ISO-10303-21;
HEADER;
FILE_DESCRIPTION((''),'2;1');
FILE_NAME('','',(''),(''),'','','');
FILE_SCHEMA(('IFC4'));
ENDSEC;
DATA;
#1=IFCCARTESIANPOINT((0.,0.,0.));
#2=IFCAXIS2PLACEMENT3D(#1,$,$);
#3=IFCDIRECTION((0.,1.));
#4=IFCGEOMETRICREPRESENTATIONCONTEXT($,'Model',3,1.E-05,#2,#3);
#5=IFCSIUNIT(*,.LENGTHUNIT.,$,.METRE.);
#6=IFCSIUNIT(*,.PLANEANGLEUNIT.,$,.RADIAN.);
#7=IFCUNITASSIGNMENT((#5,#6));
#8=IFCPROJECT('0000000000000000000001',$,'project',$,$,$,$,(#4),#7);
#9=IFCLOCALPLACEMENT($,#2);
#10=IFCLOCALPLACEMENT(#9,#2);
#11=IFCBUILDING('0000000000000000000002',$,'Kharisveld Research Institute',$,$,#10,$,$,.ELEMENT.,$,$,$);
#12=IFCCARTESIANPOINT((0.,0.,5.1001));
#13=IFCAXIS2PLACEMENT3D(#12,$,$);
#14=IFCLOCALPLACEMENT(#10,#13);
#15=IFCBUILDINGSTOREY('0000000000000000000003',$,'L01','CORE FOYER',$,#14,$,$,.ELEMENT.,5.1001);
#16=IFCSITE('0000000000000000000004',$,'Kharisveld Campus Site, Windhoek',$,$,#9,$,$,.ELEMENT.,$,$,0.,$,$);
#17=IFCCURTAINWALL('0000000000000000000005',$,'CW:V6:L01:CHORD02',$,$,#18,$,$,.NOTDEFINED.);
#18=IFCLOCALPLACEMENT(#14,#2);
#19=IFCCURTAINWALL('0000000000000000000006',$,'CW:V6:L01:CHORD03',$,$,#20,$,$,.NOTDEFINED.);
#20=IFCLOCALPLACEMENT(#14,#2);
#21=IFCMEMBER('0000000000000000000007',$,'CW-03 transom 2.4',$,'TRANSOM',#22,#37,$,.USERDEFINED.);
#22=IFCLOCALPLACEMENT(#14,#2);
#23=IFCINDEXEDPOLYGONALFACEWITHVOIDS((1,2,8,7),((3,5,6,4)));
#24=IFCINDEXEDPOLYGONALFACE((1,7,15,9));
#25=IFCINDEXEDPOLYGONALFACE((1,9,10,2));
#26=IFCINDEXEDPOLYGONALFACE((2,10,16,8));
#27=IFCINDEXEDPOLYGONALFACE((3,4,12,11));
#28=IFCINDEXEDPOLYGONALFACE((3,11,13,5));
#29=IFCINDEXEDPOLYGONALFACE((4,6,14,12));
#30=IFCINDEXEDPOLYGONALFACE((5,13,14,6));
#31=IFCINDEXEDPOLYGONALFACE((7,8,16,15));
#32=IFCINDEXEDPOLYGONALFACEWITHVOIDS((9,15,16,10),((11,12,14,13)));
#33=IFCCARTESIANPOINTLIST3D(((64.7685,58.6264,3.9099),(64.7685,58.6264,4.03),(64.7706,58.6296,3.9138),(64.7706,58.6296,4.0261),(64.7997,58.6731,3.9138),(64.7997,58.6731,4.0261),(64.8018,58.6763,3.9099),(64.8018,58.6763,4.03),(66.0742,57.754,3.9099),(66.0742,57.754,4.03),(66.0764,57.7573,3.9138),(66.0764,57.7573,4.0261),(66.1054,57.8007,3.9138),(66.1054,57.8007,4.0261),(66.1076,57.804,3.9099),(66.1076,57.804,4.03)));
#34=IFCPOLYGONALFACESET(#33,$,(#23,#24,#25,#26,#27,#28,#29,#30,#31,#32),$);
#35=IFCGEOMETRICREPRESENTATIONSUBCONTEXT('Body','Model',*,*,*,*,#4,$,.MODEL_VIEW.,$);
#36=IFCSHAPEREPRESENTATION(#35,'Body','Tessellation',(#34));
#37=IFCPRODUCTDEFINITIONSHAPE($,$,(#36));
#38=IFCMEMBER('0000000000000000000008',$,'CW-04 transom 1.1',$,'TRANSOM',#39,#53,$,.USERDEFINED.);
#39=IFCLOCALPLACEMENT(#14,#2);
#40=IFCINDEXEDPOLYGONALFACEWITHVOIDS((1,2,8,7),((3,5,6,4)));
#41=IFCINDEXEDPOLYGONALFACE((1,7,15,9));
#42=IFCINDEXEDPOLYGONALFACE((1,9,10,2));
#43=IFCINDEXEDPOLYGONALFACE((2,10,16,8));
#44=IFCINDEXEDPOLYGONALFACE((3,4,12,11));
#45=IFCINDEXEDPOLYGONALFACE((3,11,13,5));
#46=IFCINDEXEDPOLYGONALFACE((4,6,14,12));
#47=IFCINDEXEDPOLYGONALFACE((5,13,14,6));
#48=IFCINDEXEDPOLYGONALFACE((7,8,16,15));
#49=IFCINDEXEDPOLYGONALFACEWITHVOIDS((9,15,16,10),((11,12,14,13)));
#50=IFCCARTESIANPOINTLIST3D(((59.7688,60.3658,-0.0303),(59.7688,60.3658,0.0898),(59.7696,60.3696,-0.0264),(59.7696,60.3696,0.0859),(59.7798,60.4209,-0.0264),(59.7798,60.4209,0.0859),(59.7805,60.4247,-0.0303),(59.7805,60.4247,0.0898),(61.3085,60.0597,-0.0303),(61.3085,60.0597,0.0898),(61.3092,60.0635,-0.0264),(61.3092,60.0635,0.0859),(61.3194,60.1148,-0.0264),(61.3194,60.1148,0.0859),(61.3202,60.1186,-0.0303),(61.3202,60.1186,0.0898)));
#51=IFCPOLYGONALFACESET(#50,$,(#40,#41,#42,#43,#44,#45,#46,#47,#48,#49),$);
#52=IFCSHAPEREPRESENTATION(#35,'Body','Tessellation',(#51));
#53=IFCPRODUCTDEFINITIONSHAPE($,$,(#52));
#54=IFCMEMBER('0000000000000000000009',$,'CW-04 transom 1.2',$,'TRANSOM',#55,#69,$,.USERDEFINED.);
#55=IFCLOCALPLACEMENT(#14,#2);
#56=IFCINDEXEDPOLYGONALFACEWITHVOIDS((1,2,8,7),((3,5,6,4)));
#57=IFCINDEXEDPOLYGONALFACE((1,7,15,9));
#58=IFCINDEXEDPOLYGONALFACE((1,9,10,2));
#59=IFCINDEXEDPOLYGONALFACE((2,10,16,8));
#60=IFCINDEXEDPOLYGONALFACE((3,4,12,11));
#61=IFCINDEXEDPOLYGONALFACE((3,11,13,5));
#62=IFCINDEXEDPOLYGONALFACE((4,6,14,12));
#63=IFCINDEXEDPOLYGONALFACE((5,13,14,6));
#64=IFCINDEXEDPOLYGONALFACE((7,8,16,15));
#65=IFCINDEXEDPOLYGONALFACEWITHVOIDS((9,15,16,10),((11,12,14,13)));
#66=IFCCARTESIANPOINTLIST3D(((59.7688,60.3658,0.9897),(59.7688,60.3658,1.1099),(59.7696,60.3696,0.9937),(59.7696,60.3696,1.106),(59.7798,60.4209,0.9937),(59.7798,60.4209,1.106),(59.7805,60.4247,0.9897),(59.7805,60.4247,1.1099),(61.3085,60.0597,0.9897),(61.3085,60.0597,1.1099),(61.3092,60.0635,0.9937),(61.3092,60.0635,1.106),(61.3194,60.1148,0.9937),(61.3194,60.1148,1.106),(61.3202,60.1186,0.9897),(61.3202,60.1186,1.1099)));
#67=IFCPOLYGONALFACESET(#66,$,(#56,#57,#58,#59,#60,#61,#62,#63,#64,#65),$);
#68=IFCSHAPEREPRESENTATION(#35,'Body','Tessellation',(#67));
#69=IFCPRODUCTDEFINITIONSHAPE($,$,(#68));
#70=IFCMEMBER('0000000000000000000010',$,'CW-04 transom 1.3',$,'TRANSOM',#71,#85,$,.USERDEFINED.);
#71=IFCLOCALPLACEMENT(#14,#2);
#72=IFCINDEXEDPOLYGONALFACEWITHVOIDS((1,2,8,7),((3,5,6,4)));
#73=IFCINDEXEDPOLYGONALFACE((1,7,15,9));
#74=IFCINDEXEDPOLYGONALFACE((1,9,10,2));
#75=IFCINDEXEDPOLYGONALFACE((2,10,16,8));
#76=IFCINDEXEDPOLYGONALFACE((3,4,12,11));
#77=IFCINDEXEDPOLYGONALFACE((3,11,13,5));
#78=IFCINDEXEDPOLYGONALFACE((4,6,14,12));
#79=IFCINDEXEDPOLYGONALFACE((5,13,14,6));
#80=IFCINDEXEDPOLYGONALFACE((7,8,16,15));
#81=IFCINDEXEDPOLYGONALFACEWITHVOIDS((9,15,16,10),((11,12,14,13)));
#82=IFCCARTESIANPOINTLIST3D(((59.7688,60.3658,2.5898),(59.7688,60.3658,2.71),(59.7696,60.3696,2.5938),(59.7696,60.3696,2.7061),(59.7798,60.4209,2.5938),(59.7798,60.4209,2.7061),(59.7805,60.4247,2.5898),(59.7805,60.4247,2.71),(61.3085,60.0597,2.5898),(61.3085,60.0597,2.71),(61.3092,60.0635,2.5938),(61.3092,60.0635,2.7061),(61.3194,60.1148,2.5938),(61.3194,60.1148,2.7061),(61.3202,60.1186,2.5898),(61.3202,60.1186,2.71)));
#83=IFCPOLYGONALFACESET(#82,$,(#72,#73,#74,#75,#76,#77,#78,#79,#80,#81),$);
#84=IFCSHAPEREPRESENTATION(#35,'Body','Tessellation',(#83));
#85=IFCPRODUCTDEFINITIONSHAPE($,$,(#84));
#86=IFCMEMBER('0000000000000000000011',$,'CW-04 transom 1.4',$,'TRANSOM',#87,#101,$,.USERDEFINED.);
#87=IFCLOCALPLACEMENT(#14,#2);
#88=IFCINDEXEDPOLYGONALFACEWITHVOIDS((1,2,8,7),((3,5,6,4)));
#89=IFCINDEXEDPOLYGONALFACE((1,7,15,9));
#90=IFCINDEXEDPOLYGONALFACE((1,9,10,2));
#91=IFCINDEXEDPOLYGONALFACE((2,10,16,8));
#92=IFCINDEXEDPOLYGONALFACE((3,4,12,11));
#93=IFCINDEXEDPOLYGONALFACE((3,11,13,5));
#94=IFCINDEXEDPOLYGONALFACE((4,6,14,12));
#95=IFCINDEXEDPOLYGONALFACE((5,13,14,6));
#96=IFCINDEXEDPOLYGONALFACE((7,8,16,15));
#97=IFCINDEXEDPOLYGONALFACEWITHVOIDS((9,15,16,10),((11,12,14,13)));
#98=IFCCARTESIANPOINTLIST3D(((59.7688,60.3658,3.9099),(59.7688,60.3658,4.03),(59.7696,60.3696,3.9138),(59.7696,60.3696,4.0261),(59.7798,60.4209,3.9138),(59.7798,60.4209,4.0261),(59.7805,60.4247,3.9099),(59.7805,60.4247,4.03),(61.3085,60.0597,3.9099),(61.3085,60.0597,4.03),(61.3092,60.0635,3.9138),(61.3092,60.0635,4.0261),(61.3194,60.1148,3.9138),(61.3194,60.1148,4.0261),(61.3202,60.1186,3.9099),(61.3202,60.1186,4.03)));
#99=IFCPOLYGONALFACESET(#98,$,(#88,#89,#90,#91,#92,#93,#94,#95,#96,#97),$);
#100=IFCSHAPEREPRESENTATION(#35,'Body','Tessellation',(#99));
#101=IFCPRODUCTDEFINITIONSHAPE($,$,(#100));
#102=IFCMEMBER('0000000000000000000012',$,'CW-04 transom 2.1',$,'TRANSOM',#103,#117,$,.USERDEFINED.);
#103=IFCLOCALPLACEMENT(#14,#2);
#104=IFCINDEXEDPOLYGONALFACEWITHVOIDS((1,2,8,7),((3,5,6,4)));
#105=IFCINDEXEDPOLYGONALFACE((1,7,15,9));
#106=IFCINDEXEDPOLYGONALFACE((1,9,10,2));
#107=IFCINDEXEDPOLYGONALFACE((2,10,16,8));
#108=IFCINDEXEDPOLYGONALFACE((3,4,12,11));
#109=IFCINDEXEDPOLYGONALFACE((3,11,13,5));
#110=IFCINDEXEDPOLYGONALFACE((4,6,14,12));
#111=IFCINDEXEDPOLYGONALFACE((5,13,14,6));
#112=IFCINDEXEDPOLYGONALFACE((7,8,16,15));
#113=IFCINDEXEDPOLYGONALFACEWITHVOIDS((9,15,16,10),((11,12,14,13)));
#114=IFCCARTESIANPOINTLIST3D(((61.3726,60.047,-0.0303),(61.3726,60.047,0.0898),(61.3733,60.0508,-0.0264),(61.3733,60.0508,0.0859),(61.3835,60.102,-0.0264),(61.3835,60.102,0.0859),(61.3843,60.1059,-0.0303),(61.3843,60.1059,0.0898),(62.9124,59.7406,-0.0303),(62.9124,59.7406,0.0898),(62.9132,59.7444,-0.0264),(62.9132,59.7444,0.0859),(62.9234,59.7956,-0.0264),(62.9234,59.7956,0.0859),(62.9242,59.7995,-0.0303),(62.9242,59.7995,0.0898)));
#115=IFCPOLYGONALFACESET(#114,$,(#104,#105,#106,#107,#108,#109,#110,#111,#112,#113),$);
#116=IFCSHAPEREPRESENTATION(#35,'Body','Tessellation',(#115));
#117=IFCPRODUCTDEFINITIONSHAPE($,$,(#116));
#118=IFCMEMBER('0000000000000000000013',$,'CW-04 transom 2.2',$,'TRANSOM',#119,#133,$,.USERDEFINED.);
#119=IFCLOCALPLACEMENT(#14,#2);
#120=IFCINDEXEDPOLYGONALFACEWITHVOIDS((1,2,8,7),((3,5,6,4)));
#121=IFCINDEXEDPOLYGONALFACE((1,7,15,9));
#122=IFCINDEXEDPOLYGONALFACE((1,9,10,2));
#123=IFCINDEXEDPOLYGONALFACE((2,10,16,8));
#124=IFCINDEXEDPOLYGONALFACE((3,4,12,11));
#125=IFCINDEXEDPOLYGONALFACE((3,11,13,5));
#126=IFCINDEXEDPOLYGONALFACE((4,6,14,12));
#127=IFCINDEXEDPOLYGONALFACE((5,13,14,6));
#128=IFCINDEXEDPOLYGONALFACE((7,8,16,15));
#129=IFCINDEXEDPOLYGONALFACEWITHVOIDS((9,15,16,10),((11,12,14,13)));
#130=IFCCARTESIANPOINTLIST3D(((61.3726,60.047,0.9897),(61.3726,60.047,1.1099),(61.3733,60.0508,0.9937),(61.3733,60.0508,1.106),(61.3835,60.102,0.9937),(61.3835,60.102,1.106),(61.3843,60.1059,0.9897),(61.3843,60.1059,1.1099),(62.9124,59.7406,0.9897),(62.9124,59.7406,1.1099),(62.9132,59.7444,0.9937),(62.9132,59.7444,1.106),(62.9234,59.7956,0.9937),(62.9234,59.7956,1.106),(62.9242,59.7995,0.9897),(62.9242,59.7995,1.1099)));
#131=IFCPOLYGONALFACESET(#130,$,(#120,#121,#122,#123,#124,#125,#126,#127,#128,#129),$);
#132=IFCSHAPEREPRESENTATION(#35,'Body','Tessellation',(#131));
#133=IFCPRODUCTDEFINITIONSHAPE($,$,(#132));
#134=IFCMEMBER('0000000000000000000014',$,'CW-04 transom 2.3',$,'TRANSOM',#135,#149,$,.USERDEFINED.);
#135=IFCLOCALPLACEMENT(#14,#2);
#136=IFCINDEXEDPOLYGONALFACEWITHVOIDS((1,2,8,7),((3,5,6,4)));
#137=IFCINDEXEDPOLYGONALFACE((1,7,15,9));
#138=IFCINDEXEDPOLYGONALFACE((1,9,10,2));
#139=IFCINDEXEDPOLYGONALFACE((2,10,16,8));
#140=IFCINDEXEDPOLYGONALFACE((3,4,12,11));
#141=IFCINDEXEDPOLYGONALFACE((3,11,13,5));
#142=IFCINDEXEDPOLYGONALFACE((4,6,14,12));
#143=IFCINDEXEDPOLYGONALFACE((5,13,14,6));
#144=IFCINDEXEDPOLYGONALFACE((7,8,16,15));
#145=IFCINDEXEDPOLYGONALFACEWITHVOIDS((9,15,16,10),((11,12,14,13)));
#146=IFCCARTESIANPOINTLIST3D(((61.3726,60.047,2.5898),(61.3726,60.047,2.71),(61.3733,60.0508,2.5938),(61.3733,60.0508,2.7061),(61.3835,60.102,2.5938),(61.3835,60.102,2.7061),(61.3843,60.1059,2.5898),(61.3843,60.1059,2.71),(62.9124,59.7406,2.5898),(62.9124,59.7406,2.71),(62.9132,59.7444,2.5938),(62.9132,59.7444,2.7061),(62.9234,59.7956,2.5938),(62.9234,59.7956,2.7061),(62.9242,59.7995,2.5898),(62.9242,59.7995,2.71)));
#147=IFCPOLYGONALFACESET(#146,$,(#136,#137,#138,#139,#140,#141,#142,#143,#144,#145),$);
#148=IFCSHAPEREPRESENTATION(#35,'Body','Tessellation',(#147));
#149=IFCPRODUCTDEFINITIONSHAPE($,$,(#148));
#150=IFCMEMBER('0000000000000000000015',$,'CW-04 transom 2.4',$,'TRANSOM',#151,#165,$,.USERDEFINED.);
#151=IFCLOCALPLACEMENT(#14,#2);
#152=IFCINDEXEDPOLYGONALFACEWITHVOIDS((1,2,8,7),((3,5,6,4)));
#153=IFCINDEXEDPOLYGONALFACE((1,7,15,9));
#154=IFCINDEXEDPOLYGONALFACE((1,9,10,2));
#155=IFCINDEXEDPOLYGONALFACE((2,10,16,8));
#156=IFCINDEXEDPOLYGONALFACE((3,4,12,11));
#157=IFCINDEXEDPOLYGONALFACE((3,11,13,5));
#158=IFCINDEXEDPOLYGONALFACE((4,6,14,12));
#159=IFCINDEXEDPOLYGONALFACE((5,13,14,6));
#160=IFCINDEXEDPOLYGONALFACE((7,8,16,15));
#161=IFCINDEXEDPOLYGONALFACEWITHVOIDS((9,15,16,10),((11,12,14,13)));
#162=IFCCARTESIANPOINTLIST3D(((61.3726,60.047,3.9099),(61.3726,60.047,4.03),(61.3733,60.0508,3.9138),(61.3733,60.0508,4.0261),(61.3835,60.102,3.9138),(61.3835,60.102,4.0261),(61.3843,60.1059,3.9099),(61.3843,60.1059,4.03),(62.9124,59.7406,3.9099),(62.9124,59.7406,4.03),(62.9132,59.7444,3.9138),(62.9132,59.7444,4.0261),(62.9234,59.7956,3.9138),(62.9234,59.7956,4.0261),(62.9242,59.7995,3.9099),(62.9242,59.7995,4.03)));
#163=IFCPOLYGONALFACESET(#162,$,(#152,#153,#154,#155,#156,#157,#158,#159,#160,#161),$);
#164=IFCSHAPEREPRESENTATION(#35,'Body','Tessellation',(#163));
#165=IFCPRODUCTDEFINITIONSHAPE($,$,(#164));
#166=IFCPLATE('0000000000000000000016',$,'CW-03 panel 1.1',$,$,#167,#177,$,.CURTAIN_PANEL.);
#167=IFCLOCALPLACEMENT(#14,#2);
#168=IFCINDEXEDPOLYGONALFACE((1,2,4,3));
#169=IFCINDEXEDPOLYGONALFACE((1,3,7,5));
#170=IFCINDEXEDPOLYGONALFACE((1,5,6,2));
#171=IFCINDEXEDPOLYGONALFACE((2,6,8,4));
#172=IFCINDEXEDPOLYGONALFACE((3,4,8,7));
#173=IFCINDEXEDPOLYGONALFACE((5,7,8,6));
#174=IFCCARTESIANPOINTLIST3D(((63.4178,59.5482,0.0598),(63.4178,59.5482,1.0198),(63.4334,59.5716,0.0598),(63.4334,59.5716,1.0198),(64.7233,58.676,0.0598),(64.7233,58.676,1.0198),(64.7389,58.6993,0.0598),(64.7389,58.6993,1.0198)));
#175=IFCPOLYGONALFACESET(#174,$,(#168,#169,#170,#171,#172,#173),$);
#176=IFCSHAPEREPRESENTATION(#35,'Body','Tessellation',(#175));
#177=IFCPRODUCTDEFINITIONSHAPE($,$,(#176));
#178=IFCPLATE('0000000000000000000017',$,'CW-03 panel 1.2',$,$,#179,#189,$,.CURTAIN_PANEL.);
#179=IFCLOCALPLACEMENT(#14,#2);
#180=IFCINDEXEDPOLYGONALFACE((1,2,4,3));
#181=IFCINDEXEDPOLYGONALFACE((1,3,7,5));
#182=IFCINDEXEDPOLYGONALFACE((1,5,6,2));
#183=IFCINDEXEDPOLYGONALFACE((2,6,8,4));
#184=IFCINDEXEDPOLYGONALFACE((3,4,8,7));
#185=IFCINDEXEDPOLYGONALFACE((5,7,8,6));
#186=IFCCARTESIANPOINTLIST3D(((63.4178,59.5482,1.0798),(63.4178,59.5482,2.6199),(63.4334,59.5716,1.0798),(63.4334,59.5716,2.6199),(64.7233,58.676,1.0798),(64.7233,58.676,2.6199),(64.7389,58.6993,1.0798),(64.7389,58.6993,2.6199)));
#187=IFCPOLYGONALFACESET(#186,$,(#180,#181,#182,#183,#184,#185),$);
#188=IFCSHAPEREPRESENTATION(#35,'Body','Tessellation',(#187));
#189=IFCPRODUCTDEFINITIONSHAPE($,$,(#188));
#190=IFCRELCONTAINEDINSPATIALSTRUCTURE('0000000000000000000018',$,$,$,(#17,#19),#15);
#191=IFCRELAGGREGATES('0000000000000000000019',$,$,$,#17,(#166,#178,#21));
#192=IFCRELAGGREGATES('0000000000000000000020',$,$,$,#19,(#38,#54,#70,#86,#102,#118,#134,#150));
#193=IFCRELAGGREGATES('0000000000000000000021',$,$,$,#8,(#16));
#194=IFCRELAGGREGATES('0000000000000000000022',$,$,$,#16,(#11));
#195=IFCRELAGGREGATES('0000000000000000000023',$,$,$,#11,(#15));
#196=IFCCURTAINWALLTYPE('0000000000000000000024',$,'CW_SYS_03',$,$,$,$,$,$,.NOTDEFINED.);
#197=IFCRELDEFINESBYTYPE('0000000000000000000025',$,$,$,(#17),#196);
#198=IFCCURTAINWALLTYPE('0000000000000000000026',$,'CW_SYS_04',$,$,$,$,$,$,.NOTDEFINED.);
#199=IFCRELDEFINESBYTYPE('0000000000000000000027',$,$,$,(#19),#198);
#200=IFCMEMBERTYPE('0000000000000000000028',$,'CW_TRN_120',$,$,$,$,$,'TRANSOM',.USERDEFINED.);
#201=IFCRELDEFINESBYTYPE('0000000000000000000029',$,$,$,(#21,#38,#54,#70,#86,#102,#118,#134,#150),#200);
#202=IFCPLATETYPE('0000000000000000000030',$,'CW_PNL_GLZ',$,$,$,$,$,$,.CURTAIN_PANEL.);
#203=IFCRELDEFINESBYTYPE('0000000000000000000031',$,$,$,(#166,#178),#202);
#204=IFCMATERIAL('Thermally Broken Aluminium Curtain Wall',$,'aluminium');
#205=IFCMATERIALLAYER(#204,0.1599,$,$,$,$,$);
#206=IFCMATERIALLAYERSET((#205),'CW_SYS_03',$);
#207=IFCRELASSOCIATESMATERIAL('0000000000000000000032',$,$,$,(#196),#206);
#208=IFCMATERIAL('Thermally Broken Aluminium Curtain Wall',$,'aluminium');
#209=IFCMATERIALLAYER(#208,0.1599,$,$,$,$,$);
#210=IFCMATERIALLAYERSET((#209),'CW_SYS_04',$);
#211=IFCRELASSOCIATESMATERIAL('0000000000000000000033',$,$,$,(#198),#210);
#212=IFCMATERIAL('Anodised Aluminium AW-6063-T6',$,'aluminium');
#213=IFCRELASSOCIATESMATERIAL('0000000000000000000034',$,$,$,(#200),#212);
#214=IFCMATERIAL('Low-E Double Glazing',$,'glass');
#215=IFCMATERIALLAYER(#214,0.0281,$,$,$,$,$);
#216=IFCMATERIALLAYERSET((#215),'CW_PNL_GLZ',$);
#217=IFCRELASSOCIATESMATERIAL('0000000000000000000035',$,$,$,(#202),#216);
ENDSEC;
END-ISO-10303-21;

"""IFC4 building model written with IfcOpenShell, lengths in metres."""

from ifc_helpers import new_model, si_unit, direction, frame, origin, origin_2d, place, context, subcontext, project, spatial, rectangle, hollow_rectangle, extrude, material, layer, layer_set, material_profile, profile_set, type_object, element, aggregate, save


model = new_model("IFC4")

# Units and contexts
model_context = context("Model", 3, precision=1e-05, world=origin(), true_north=direction((0.0, 1.0)))
body_context = subcontext(model_context, "Body", "Model", "MODEL_VIEW")
ifc_project = project(units=[si_unit("LENGTHUNIT", "METRE"), si_unit("PLANEANGLEUNIT", "RADIAN")], contexts=[model_context])

# Site, building, storey
site_placement = place(None, origin())
site = spatial("IfcSite", under=ifc_project, at=site_placement, Name="Kharisveld Campus Site, Windhoek", CompositionType="ELEMENT", RefElevation=0.0)
building_placement = place(site_placement, origin())
building = spatial("IfcBuilding", under=site, at=building_placement, Name="Kharisveld Research Institute", CompositionType="ELEMENT")
storey_placement = place(building_placement, frame((0.0, 0.0, 5.1001)))
storey = spatial("IfcBuildingStorey", under=building, at=storey_placement, Name="L01", Description="CORE FOYER", CompositionType="ELEMENT", Elevation=5.1001)

# Curtain walls
ifc_material_1 = material(Name="Thermally Broken Aluminium Curtain Wall", Category="aluminium")
ifc_layer_1 = layer(ifc_material_1, 0.1599)
ifc_layer_set_1 = layer_set([ifc_layer_1], Name="CW_SYS_03")
curtain_wall_type_1 = type_object("IfcCurtainWallType", Name="CW_SYS_03", PredefinedType="NOTDEFINED", material=ifc_layer_set_1)
curtain_wall_1_placement = place(storey_placement, origin())
curtain_wall_1 = element("IfcCurtainWall", 1, at=curtain_wall_1_placement, inside=storey, type_object=curtain_wall_type_1, Name="CW:V6:L01:CHORD02", PredefinedType="NOTDEFINED")
ifc_material_2 = material(Name="Thermally Broken Aluminium Curtain Wall", Category="aluminium")
ifc_layer_2 = layer(ifc_material_2, 0.1599)
ifc_layer_set_2 = layer_set([ifc_layer_2], Name="CW_SYS_04")
curtain_wall_type_2 = type_object("IfcCurtainWallType", Name="CW_SYS_04", PredefinedType="NOTDEFINED", material=ifc_layer_set_2)
curtain_wall_2_placement = place(storey_placement, origin())
curtain_wall_2 = element("IfcCurtainWall", 2, at=curtain_wall_2_placement, inside=storey, type_object=curtain_wall_type_2, Name="CW:V6:L01:CHORD03", PredefinedType="NOTDEFINED")

# Members
ifc_material_3 = material(Name="Anodised Aluminium AW-6063-T6", Category="aluminium")
ifc_material_profile_1 = material_profile(ifc_material_3, hollow_rectangle(XDim=0.0601, YDim=0.1201, WallThickness=0.0039, at=origin_2d()))
ifc_profile_set_1 = profile_set([ifc_material_profile_1], Name="Anodised Aluminium AW-6063-T6")
member_type_1 = type_object("IfcMemberType", Name="CW_TRN_120", ElementType="TRANSOM", PredefinedType="USERDEFINED", material=ifc_profile_set_1)
member_1_placement = place(storey_placement, frame((64.7852, 58.6514, 3.97), z_axis=(0.8315, -0.555525, 0.0), x_axis=(0.555525, 0.8315, 0.0)))
member_1 = element("IfcMember", 3, at=member_1_placement, type_object=member_type_1, Name="CW-03 transom 2.4", ObjectType="TRANSOM", PredefinedType="USERDEFINED", context=body_context, shape_type="SweptSolid", body=[
    extrude(hollow_rectangle(XDim=0.0601, YDim=0.1201, WallThickness=0.0039, at=origin_2d()), origin(), (0.0, 0.0, 1.0), 1.5703),
])
member_2_placement = place(storey_placement, frame((59.7747, 60.3953, 0.0298), z_axis=(0.980801, -0.195009, 0.0), x_axis=(0.195009, 0.980801, 0.0)))
member_2 = element("IfcMember", 4, at=member_2_placement, type_object=member_type_1, Name="CW-04 transom 1.1", ObjectType="TRANSOM", PredefinedType="USERDEFINED", context=body_context, shape_type="SweptSolid", body=[
    extrude(hollow_rectangle(XDim=0.0601, YDim=0.1201, WallThickness=0.0039, at=origin_2d()), origin(), (0.0, 0.0, 1.0), 1.5698),
])
member_3_placement = place(storey_placement, frame((59.7747, 60.3953, 1.0498), z_axis=(0.980801, -0.195009, 0.0), x_axis=(0.195009, 0.980801, 0.0)))
member_3 = element("IfcMember", 5, at=member_3_placement, type_object=member_type_1, Name="CW-04 transom 1.2", ObjectType="TRANSOM", PredefinedType="USERDEFINED", context=body_context, shape_type="SweptSolid", body=[
    extrude(hollow_rectangle(XDim=0.0601, YDim=0.1201, WallThickness=0.0039, at=origin_2d()), origin(), (0.0, 0.0, 1.0), 1.5698),
])
member_4_placement = place(storey_placement, frame((59.7747, 60.3953, 2.6499), z_axis=(0.980801, -0.195009, 0.0), x_axis=(0.195009, 0.980801, 0.0)))
member_4 = element("IfcMember", 6, at=member_4_placement, type_object=member_type_1, Name="CW-04 transom 1.3", ObjectType="TRANSOM", PredefinedType="USERDEFINED", context=body_context, shape_type="SweptSolid", body=[
    extrude(hollow_rectangle(XDim=0.0601, YDim=0.1201, WallThickness=0.0039, at=origin_2d()), origin(), (0.0, 0.0, 1.0), 1.5698),
])
member_5_placement = place(storey_placement, frame((59.7747, 60.3953, 3.97), z_axis=(0.980801, -0.195009, 0.0), x_axis=(0.195009, 0.980801, 0.0)))
member_5 = element("IfcMember", 7, at=member_5_placement, type_object=member_type_1, Name="CW-04 transom 1.4", ObjectType="TRANSOM", PredefinedType="USERDEFINED", context=body_context, shape_type="SweptSolid", body=[
    extrude(hollow_rectangle(XDim=0.0601, YDim=0.1201, WallThickness=0.0039, at=origin_2d()), origin(), (0.0, 0.0, 1.0), 1.5698),
])
member_6_placement = place(storey_placement, frame((61.3784, 60.0764, 0.0298), z_axis=(0.980772, -0.195159, 0.0), x_axis=(0.195159, 0.980772, 0.0)))
member_6 = element("IfcMember", 8, at=member_6_placement, type_object=member_type_1, Name="CW-04 transom 2.1", ObjectType="TRANSOM", PredefinedType="USERDEFINED", context=body_context, shape_type="SweptSolid", body=[
    extrude(hollow_rectangle(XDim=0.0601, YDim=0.1201, WallThickness=0.0039, at=origin_2d()), origin(), (0.0, 0.0, 1.0), 1.5701),
])
member_7_placement = place(storey_placement, frame((61.3784, 60.0764, 1.0498), z_axis=(0.980772, -0.195159, 0.0), x_axis=(0.195159, 0.980772, 0.0)))
member_7 = element("IfcMember", 9, at=member_7_placement, type_object=member_type_1, Name="CW-04 transom 2.2", ObjectType="TRANSOM", PredefinedType="USERDEFINED", context=body_context, shape_type="SweptSolid", body=[
    extrude(hollow_rectangle(XDim=0.0601, YDim=0.1201, WallThickness=0.0039, at=origin_2d()), origin(), (0.0, 0.0, 1.0), 1.5701),
])
member_8_placement = place(storey_placement, frame((61.3784, 60.0764, 2.6499), z_axis=(0.980772, -0.195159, 0.0), x_axis=(0.195159, 0.980772, 0.0)))
member_8 = element("IfcMember", 10, at=member_8_placement, type_object=member_type_1, Name="CW-04 transom 2.3", ObjectType="TRANSOM", PredefinedType="USERDEFINED", context=body_context, shape_type="SweptSolid", body=[
    extrude(hollow_rectangle(XDim=0.0601, YDim=0.1201, WallThickness=0.0039, at=origin_2d()), origin(), (0.0, 0.0, 1.0), 1.5701),
])
member_9_placement = place(storey_placement, frame((61.3784, 60.0764, 3.97), z_axis=(0.980772, -0.195159, 0.0), x_axis=(0.195159, 0.980772, 0.0)))
member_9 = element("IfcMember", 11, at=member_9_placement, type_object=member_type_1, Name="CW-04 transom 2.4", ObjectType="TRANSOM", PredefinedType="USERDEFINED", context=body_context, shape_type="SweptSolid", body=[
    extrude(hollow_rectangle(XDim=0.0601, YDim=0.1201, WallThickness=0.0039, at=origin_2d()), origin(), (0.0, 0.0, 1.0), 1.5701),
])

# Plates
ifc_material_4 = material(Name="Low-E Double Glazing", Category="glass")
ifc_layer_3 = layer(ifc_material_4, 0.0281)
ifc_layer_set_3 = layer_set([ifc_layer_3], Name="CW_PNL_GLZ")
plate_type = type_object("IfcPlateType", Name="CW_PNL_GLZ", PredefinedType="CURTAIN_PANEL", material=ifc_layer_set_3)
plate_1_placement = place(storey_placement, frame((64.0784, 59.1238, 0.0598), z_axis=(0.0, 0.0, 1.0), x_axis=(0.83147, -0.55557, 0.0)))
plate_1 = element("IfcPlate", 12, at=plate_1_placement, type_object=plate_type, Name="CW-03 panel 1.1", PredefinedType="CURTAIN_PANEL", context=body_context, shape_type="SweptSolid", body=[
    extrude(rectangle(XDim=1.5701, YDim=0.0281, at=origin_2d()), origin(), (0.0, 0.0, 1.0), 0.96),
])
plate_2_placement = place(storey_placement, frame((64.0784, 59.1238, 1.0798), z_axis=(0.0, 0.0, 1.0), x_axis=(0.83147, -0.55557, 0.0)))
plate_2 = element("IfcPlate", 13, at=plate_2_placement, type_object=plate_type, Name="CW-03 panel 1.2", PredefinedType="CURTAIN_PANEL", context=body_context, shape_type="SweptSolid", body=[
    extrude(rectangle(XDim=1.5701, YDim=0.0281, at=origin_2d()), origin(), (0.0, 0.0, 1.0), 1.54),
])
aggregate(curtain_wall_1, [plate_1, plate_2, member_1])
aggregate(curtain_wall_2, [member_2, member_3, member_4, member_5, member_6, member_7, member_8, member_9])

save(model, "model.ifc")
